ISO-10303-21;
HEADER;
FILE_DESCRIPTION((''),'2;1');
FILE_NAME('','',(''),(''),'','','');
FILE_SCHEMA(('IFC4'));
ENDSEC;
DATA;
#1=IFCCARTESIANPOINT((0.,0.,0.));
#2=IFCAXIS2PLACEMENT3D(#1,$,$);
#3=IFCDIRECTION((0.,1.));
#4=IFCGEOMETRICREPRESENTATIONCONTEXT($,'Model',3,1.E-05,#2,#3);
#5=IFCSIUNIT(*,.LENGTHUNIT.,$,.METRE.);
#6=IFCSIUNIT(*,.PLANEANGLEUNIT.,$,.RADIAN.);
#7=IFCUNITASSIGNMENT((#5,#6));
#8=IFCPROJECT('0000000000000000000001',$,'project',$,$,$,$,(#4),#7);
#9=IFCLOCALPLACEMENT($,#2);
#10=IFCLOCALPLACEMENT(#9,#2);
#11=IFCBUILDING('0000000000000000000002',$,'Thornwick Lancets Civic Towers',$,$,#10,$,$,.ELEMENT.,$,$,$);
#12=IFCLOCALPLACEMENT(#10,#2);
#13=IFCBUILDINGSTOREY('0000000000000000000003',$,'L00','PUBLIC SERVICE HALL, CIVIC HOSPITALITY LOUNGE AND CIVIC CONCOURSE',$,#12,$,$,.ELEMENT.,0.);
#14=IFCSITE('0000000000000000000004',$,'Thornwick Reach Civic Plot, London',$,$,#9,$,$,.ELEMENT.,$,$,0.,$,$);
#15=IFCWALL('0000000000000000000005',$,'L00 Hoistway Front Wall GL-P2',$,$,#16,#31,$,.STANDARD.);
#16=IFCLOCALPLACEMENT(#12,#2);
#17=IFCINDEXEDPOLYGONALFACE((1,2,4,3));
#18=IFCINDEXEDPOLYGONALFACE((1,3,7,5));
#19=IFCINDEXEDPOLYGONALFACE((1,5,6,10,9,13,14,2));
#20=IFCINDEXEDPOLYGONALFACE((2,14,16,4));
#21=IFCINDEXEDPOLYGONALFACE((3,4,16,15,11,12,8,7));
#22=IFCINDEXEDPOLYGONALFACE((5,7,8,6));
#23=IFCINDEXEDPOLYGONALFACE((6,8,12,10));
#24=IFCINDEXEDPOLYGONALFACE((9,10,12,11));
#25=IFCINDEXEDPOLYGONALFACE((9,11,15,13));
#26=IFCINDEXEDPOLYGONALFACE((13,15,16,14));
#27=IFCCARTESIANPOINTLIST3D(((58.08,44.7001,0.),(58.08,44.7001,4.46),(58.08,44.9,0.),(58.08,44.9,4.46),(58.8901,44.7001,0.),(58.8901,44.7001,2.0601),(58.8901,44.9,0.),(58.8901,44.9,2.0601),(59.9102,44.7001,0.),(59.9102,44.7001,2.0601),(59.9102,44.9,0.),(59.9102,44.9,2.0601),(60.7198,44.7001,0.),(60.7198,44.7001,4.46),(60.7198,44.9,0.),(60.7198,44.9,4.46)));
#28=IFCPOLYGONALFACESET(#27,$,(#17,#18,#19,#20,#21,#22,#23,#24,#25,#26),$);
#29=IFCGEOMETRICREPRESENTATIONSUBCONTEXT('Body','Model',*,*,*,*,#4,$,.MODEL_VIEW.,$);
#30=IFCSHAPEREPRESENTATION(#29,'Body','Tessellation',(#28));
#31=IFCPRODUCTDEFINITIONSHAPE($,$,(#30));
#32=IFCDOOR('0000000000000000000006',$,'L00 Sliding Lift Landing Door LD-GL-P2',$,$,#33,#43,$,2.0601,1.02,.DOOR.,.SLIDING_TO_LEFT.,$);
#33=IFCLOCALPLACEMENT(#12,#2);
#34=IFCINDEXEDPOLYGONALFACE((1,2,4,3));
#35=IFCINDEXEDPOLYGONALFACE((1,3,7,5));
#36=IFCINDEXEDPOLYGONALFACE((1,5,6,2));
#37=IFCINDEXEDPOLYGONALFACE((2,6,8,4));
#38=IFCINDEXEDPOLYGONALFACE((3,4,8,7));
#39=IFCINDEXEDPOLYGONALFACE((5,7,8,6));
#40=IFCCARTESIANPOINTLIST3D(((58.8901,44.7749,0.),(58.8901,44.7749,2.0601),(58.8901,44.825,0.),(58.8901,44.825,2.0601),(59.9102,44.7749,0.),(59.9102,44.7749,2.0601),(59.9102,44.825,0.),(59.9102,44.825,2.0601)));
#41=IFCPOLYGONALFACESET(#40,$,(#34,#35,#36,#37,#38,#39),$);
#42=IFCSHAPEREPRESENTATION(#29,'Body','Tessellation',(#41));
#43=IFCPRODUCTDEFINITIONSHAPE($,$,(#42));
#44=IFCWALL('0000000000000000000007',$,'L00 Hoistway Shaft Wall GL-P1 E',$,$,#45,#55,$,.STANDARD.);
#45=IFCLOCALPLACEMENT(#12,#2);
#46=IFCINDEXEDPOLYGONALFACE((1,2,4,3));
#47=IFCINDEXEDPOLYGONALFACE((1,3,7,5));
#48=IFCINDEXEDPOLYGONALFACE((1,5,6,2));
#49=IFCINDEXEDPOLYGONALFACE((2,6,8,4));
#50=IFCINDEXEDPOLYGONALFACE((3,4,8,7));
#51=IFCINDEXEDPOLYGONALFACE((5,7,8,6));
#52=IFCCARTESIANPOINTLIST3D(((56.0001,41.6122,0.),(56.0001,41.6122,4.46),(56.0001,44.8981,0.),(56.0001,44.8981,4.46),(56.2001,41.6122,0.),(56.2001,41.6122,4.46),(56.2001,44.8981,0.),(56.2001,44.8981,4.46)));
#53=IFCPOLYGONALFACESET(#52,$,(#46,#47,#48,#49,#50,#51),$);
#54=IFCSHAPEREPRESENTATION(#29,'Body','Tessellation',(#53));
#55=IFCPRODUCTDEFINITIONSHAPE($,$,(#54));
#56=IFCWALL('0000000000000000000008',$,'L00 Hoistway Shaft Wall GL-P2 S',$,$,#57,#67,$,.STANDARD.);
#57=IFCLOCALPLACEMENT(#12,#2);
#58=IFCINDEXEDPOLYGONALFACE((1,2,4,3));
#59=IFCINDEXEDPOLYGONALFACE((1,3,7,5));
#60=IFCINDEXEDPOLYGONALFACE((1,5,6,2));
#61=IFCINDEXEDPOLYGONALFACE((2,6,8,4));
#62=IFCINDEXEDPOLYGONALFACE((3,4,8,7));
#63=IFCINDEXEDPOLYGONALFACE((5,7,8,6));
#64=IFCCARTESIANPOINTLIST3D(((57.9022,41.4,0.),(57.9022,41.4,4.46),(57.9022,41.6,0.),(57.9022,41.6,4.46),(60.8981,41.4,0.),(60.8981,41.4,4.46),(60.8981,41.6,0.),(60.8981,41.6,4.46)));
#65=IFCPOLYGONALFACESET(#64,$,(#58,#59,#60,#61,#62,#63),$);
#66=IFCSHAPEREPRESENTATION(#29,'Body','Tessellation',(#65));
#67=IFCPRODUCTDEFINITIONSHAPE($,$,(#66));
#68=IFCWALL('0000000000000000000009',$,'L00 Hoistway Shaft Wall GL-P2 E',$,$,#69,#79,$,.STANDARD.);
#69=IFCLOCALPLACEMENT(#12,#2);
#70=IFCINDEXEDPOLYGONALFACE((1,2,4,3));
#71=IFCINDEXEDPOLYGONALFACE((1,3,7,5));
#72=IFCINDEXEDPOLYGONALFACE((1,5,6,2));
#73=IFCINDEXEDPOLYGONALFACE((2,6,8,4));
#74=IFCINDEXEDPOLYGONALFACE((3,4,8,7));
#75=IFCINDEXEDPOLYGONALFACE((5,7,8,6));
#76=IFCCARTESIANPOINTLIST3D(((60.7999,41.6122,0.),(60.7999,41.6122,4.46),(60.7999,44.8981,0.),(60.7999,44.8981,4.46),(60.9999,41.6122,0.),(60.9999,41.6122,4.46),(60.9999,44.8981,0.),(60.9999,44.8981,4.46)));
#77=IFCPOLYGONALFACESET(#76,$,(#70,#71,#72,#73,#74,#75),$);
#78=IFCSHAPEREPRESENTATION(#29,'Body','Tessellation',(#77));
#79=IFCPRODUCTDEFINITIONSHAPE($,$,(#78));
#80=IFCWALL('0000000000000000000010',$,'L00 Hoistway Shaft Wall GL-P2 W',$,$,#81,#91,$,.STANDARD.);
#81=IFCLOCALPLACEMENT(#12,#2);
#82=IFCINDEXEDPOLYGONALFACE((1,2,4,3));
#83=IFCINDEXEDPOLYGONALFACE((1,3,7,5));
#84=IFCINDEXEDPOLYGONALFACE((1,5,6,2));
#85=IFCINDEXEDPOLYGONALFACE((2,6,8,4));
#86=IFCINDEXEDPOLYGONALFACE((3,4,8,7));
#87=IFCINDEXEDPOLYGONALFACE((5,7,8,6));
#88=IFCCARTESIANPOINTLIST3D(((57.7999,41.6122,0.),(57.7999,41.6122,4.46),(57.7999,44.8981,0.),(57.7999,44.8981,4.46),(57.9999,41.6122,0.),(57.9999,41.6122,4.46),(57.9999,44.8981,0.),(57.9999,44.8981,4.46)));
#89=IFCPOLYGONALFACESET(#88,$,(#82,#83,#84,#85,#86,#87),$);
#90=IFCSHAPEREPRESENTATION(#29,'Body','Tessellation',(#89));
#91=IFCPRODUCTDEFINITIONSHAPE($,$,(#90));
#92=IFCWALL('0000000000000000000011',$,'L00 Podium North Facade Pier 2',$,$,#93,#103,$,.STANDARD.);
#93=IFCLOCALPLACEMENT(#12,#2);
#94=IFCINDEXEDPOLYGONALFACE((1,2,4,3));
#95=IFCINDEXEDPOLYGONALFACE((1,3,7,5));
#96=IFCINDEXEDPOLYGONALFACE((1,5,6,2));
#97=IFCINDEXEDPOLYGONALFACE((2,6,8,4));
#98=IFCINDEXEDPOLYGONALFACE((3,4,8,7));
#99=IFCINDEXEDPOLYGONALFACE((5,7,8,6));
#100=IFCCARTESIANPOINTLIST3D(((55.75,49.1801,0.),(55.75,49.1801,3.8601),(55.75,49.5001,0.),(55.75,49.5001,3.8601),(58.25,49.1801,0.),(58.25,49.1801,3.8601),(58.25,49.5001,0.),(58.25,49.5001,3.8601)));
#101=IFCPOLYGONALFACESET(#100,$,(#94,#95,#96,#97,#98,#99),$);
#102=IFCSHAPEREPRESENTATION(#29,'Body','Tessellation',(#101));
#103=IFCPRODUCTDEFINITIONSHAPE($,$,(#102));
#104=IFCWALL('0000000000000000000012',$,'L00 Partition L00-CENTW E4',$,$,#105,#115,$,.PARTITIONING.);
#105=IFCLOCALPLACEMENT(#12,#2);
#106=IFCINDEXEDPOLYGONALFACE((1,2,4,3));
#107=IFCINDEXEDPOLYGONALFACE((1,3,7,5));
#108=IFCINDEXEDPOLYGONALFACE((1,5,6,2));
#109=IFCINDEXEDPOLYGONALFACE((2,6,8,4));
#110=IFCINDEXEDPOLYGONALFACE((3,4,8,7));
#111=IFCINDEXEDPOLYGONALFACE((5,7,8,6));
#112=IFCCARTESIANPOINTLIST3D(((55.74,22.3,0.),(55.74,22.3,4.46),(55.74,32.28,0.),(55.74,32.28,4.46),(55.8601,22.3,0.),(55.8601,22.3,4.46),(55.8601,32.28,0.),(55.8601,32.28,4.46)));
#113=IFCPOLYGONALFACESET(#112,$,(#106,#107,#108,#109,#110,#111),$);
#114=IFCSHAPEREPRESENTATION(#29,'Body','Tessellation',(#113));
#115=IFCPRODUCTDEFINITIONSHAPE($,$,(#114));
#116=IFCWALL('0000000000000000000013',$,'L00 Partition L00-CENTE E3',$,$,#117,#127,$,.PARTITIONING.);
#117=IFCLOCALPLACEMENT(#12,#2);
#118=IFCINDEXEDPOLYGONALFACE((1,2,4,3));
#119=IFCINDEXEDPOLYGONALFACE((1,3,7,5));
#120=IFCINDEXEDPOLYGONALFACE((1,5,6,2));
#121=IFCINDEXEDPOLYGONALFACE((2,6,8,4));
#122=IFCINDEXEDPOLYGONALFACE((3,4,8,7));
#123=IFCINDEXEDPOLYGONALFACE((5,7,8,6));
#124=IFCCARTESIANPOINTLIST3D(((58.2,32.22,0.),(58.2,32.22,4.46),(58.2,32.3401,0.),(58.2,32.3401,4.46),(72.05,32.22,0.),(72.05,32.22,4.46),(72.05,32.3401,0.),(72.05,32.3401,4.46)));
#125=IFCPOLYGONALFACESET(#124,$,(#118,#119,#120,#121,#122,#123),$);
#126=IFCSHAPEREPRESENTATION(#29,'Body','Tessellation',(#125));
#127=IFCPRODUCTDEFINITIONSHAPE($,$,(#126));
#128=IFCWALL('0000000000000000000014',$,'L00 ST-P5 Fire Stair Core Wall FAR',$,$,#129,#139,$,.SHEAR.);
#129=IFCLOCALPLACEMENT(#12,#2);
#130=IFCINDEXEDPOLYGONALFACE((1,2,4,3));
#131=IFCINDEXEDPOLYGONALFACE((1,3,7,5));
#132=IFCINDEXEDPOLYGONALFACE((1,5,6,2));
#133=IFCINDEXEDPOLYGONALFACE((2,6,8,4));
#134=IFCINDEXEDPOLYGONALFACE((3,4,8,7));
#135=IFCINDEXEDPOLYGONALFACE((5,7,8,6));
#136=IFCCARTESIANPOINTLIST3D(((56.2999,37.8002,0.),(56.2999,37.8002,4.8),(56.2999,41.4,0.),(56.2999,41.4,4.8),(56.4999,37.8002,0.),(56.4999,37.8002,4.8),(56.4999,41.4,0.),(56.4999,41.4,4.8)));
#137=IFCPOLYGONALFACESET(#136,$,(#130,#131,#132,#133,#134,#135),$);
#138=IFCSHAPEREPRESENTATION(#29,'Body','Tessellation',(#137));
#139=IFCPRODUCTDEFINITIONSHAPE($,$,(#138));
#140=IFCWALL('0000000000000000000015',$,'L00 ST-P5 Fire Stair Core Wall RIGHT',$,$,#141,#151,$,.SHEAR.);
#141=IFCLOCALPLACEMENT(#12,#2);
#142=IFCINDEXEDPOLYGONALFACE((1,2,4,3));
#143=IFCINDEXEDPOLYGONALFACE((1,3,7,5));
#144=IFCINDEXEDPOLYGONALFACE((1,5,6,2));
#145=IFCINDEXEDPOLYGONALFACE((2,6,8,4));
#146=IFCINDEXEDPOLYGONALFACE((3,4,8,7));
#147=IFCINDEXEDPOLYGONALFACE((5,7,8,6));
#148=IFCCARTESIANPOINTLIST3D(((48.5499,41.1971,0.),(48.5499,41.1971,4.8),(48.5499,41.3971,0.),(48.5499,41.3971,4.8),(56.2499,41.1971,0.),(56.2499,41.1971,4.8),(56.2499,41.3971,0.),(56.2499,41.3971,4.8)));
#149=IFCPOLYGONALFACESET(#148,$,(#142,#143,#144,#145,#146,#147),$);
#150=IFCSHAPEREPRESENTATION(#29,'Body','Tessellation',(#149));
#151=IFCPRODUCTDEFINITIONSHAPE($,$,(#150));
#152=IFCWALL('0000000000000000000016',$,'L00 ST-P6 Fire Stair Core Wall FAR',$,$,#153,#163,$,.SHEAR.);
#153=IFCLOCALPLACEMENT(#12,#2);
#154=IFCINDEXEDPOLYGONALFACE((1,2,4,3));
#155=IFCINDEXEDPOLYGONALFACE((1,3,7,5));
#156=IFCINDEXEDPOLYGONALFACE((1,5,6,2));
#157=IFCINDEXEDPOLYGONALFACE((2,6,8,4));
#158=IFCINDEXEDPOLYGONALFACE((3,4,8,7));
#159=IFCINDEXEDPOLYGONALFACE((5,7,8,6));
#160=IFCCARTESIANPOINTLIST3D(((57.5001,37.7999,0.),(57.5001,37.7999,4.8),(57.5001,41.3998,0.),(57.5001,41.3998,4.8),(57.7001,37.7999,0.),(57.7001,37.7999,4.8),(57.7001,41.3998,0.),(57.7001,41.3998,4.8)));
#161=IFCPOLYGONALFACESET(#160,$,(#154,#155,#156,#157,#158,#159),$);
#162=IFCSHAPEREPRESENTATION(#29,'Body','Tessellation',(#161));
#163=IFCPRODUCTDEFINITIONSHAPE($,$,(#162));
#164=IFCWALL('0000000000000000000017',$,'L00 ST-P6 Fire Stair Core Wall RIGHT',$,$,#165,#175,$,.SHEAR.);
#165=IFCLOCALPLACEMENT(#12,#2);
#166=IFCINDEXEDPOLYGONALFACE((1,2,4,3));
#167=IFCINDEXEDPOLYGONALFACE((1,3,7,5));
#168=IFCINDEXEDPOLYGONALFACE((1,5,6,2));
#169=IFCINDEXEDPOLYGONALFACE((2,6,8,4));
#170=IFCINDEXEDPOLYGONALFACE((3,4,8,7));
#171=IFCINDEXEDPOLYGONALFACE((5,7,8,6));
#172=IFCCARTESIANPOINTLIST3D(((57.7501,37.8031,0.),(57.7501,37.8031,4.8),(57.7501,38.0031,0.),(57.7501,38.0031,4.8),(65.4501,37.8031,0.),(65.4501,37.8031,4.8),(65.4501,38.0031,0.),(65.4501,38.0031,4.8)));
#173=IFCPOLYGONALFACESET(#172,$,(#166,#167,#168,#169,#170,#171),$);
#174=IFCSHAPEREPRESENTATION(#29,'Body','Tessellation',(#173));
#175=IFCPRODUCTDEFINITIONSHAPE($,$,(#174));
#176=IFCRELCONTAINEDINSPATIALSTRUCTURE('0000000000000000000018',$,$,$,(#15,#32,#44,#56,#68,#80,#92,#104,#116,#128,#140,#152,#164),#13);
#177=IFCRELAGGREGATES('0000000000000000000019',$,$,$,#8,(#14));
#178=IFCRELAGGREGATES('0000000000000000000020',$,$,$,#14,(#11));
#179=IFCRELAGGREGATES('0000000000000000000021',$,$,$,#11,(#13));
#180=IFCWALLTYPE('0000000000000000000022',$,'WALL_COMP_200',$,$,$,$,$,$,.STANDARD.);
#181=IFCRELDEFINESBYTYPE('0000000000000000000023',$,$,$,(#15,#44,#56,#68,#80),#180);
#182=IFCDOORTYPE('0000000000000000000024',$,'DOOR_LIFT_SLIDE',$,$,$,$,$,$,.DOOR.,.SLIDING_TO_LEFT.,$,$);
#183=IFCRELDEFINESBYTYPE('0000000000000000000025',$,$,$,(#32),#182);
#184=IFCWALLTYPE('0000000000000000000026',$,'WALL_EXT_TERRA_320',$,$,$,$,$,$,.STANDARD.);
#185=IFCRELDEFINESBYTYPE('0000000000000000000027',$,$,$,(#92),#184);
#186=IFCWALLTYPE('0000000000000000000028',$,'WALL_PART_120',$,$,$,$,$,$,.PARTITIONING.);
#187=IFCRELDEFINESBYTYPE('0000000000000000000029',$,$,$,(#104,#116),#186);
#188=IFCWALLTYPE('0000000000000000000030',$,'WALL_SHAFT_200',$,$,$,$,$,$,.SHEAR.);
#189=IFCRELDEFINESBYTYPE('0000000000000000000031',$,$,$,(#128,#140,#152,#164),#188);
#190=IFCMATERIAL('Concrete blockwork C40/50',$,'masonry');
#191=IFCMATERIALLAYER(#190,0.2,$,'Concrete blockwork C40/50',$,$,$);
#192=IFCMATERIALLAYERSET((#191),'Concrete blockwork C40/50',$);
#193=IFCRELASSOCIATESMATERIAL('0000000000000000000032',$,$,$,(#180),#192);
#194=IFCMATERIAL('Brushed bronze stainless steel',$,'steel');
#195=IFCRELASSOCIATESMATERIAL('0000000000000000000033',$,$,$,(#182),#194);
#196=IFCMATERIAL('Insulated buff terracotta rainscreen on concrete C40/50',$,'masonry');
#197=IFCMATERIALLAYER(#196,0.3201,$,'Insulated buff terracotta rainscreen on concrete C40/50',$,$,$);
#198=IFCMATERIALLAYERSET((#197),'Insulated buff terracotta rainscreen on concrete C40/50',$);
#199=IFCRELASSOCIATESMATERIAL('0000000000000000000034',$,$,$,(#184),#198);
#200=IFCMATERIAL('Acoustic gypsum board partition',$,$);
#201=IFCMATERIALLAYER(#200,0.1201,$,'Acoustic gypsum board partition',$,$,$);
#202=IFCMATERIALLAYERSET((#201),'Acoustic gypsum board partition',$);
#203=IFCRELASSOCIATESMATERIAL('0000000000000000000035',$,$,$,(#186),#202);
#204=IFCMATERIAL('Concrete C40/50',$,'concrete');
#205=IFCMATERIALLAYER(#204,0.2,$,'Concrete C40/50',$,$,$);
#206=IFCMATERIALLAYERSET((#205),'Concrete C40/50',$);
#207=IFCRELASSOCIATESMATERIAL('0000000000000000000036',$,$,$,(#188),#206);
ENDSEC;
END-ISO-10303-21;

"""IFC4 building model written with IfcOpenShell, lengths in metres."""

from ifc_helpers import new_model, si_unit, direction, frame, frame_2d, origin, place, context, subcontext, project, spatial, rectangle, extrude, material, layer, layer_set, type_object, element, fill, save


model = new_model("IFC4")

# Units and contexts
model_context = context("Model", 3, precision=1e-05, world=origin(), true_north=direction((0.0, 1.0)))
body_context = subcontext(model_context, "Body", "Model", "MODEL_VIEW")
ifc_project = project(units=[si_unit("LENGTHUNIT", "METRE"), si_unit("PLANEANGLEUNIT", "RADIAN")], contexts=[model_context])

# Site, building, storey
site_placement = place(None, origin())
site = spatial("IfcSite", under=ifc_project, at=site_placement, Name="Thornwick Reach Civic Plot, London", CompositionType="ELEMENT", RefElevation=0.0)
building_placement = place(site_placement, origin())
building = spatial("IfcBuilding", under=site, at=building_placement, Name="Thornwick Lancets Civic Towers", CompositionType="ELEMENT")
storey_placement = place(building_placement, origin())
storey = spatial("IfcBuildingStorey", under=building, at=storey_placement, Name="L00", Description="PUBLIC SERVICE HALL, CIVIC HOSPITALITY LOUNGE AND CIVIC CONCOURSE", CompositionType="ELEMENT", Elevation=0.0)

# Shared definitions
ifc_material_1 = material(Name="Concrete C40/50", Category="concrete")

# Wall, opening, door
ifc_material_2 = material(Name="Concrete blockwork C40/50", Category="masonry")
ifc_layer_1 = layer(ifc_material_2, 0.2, Name="Concrete blockwork C40/50")
ifc_layer_set_1 = layer_set([ifc_layer_1], Name="Concrete blockwork C40/50")
wall_type_1 = type_object("IfcWallType", Name="WALL_COMP_200", PredefinedType="STANDARD", material=ifc_layer_set_1)
wall_1_placement = place(storey_placement, frame((58.0801, 44.8, 0.0), z_axis=(0.0, 0.0, 1.0), x_axis=(1.0, 0.0, 0.0)))
wall_1 = element("IfcWall", 1, at=wall_1_placement, inside=storey, type_object=wall_type_1, Name="L00 Hoistway Front Wall GL-P2", PredefinedType="STANDARD", context=body_context, shape_type="SweptSolid", body=[
    extrude(rectangle(XDim=2.6399, YDim=0.2, at=frame_2d((1.3198, 0.0))), origin(), (0.0, 0.0, 1.0), 4.46),
])
opening_placement = place(wall_1_placement, frame((0.8101, 0.0, 0.0)))
opening = element("IfcOpeningElement", 2, at=opening_placement, cuts=wall_1, PredefinedType="OPENING", context=body_context, shape_type="SweptSolid", body=[
    extrude(rectangle(XDim=1.02, YDim=2.0601, at=frame_2d((0.51, 1.03))), frame((0.0, 0.1099, 0.0), z_axis=(0.0, -1.0, 0.0), x_axis=(1.0, 0.0, 0.0)), (0.0, 0.0, 1.0), 0.22),
])
ifc_material_3 = material(Name="Brushed bronze stainless steel", Category="steel")
door_type = type_object("IfcDoorType", Name="DOOR_LIFT_SLIDE", OperationType="SLIDING_TO_LEFT", PredefinedType="DOOR", material=ifc_material_3)
door_placement = place(opening_placement, origin())
door = element("IfcDoor", 3, at=door_placement, inside=storey, type_object=door_type, Name="L00 Sliding Lift Landing Door LD-GL-P2", OperationType="SLIDING_TO_LEFT", OverallHeight=2.0601, OverallWidth=1.02, PredefinedType="DOOR", context=body_context, shape_type="SweptSolid", body=[
    extrude(rectangle(XDim=1.02, YDim=2.0601, at=frame_2d((0.51, 1.03))), frame((0.0, 0.0249, 0.0), z_axis=(0.0, -1.0, 0.0), x_axis=(1.0, 0.0, 0.0)), (0.0, 0.0, 1.0), 0.05),
])
fill(opening, door)

# Walls
wall_2_placement = place(storey_placement, frame((56.1001, 41.6121, 0.0), z_axis=(0.0, 0.0, 1.0), x_axis=(0.0, 1.0, 0.0)))
element("IfcWall", 4, at=wall_2_placement, inside=storey, type_object=wall_type_1, Name="L00 Hoistway Shaft Wall GL-P1 E", PredefinedType="STANDARD", context=body_context, shape_type="SweptSolid", body=[
    extrude(rectangle(XDim=3.2859, YDim=0.2, at=frame_2d((1.6431, 0.0))), origin(), (0.0, 0.0, 1.0), 4.46),
])
wall_3_placement = place(storey_placement, frame((57.9021, 41.5, 0.0), z_axis=(0.0, 0.0, 1.0), x_axis=(1.0, 0.0, 0.0)))
element("IfcWall", 5, at=wall_3_placement, inside=storey, type_object=wall_type_1, Name="L00 Hoistway Shaft Wall GL-P2 S", PredefinedType="STANDARD", context=body_context, shape_type="SweptSolid", body=[
    extrude(rectangle(XDim=2.9958, YDim=0.2, at=frame_2d((1.498, 0.0))), origin(), (0.0, 0.0, 1.0), 4.46),
])
for number, where, z_axis, x_axis, name in (
    (6, (60.8999, 41.6121, 0.0), (0.0, 0.0, 1.0), (0.0, 1.0, 0.0), "L00 Hoistway Shaft Wall GL-P2 E"),
    (7, (57.8999, 41.6121, 0.0), (0.0, 0.0, 1.0), (0.0, 1.0, 0.0), "L00 Hoistway Shaft Wall GL-P2 W"),
):
    element("IfcWall", number, at=place(storey_placement, frame(where, z_axis=z_axis, x_axis=x_axis)), inside=storey, type_object=wall_type_1, Name=name, PredefinedType="STANDARD", context=body_context, shape_type="SweptSolid", body=[
        extrude(rectangle(XDim=3.2859, YDim=0.2, at=frame_2d((1.6431, 0.0))), origin(), (0.0, 0.0, 1.0), 4.46),
    ])
ifc_material_4 = material(Name="Insulated buff terracotta rainscreen on concrete C40/50", Category="masonry")
ifc_layer_2 = layer(ifc_material_4, 0.3201, Name="Insulated buff terracotta rainscreen on concrete C40/50")
ifc_layer_set_2 = layer_set([ifc_layer_2], Name="Insulated buff terracotta rainscreen on concrete C40/50")
wall_type_2 = type_object("IfcWallType", Name="WALL_EXT_TERRA_320", PredefinedType="STANDARD", material=ifc_layer_set_2)
wall_4_placement = place(storey_placement, frame((58.25, 49.3401, 0.0), z_axis=(0.0, 0.0, 1.0), x_axis=(-1.0, 0.0, 0.0)))
element("IfcWall", 8, at=wall_4_placement, inside=storey, type_object=wall_type_2, Name="L00 Podium North Facade Pier 2", PredefinedType="STANDARD", context=body_context, shape_type="SweptSolid", body=[
    extrude(rectangle(XDim=2.5, YDim=0.3201, at=frame_2d((1.25, 0.0))), origin(), (0.0, 0.0, 1.0), 3.8601),
])
ifc_material_5 = material(Name="Acoustic gypsum board partition")
ifc_layer_3 = layer(ifc_material_5, 0.1201, Name="Acoustic gypsum board partition")
ifc_layer_set_3 = layer_set([ifc_layer_3], Name="Acoustic gypsum board partition")
wall_type_3 = type_object("IfcWallType", Name="WALL_PART_120", PredefinedType="PARTITIONING", material=ifc_layer_set_3)
wall_5_placement = place(storey_placement, frame((55.8, 32.28, 0.0), z_axis=(0.0, 0.0, 1.0), x_axis=(0.0, -1.0, 0.0)))
element("IfcWall", 9, at=wall_5_placement, inside=storey, type_object=wall_type_3, Name="L00 Partition L00-CENTW E4", PredefinedType="PARTITIONING", context=body_context, shape_type="SweptSolid", body=[
    extrude(rectangle(XDim=9.98, YDim=0.1201, at=frame_2d((4.99, 0.0))), origin(), (0.0, 0.0, 1.0), 4.46),
])
wall_6_placement = place(storey_placement, frame((58.2, 32.28, 0.0), z_axis=(0.0, 0.0, 1.0), x_axis=(1.0, 0.0, 0.0)))
element("IfcWall", 10, at=wall_6_placement, inside=storey, type_object=wall_type_3, Name="L00 Partition L00-CENTE E3", PredefinedType="PARTITIONING", context=body_context, shape_type="SweptSolid", body=[
    extrude(rectangle(XDim=13.8501, YDim=0.1201, at=frame_2d((6.925, 0.0))), origin(), (0.0, 0.0, 1.0), 4.46),
])
ifc_layer_4 = layer(ifc_material_1, 0.2, Name="Concrete C40/50")
ifc_layer_set_4 = layer_set([ifc_layer_4], Name="Concrete C40/50")
wall_type_4 = type_object("IfcWallType", Name="WALL_SHAFT_200", PredefinedType="SHEAR", material=ifc_layer_set_4)
wall_7_placement = place(storey_placement, frame((56.3999, 41.3999, 0.0), z_axis=(0.0, 0.0, 1.0), x_axis=(0.0, -1.0, 0.0)))
element("IfcWall", 11, at=wall_7_placement, inside=storey, type_object=wall_type_4, Name="L00 ST-P5 Fire Stair Core Wall FAR", PredefinedType="SHEAR", context=body_context, shape_type="SweptSolid", body=[
    extrude(rectangle(XDim=3.5999, YDim=0.2, at=frame_2d((1.7998, 0.0))), origin(), (0.0, 0.0, 1.0), 4.8),
])
wall_8_placement = place(storey_placement, frame((56.25, 41.2971, 0.0), z_axis=(0.0, 0.0, 1.0), x_axis=(-1.0, 0.0, 0.0)))
element("IfcWall", 12, at=wall_8_placement, inside=storey, type_object=wall_type_4, Name="L00 ST-P5 Fire Stair Core Wall RIGHT", PredefinedType="SHEAR", context=body_context, shape_type="SweptSolid", body=[
    extrude(rectangle(XDim=7.7, YDim=0.2, at=frame_2d((3.8501, 0.0))), origin(), (0.0, 0.0, 1.0), 4.8),
])
wall_9_placement = place(storey_placement, frame((57.6001, 37.8, 0.0), z_axis=(0.0, 0.0, 1.0), x_axis=(0.0, 1.0, 0.0)))
element("IfcWall", 13, at=wall_9_placement, inside=storey, type_object=wall_type_4, Name="L00 ST-P6 Fire Stair Core Wall FAR", PredefinedType="SHEAR", context=body_context, shape_type="SweptSolid", body=[
    extrude(rectangle(XDim=3.5999, YDim=0.2, at=frame_2d((1.7998, 0.0))), origin(), (0.0, 0.0, 1.0), 4.8),
])
wall_10_placement = place(storey_placement, frame((57.75, 37.9031, 0.0), z_axis=(0.0, 0.0, 1.0), x_axis=(1.0, 0.0, 0.0)))
element("IfcWall", 14, at=wall_10_placement, inside=storey, type_object=wall_type_4, Name="L00 ST-P6 Fire Stair Core Wall RIGHT", PredefinedType="SHEAR", context=body_context, shape_type="SweptSolid", body=[
    extrude(rectangle(XDim=7.7, YDim=0.2, at=frame_2d((3.8501, 0.0))), origin(), (0.0, 0.0, 1.0), 4.8),
])

save(model, "model.ifc")
